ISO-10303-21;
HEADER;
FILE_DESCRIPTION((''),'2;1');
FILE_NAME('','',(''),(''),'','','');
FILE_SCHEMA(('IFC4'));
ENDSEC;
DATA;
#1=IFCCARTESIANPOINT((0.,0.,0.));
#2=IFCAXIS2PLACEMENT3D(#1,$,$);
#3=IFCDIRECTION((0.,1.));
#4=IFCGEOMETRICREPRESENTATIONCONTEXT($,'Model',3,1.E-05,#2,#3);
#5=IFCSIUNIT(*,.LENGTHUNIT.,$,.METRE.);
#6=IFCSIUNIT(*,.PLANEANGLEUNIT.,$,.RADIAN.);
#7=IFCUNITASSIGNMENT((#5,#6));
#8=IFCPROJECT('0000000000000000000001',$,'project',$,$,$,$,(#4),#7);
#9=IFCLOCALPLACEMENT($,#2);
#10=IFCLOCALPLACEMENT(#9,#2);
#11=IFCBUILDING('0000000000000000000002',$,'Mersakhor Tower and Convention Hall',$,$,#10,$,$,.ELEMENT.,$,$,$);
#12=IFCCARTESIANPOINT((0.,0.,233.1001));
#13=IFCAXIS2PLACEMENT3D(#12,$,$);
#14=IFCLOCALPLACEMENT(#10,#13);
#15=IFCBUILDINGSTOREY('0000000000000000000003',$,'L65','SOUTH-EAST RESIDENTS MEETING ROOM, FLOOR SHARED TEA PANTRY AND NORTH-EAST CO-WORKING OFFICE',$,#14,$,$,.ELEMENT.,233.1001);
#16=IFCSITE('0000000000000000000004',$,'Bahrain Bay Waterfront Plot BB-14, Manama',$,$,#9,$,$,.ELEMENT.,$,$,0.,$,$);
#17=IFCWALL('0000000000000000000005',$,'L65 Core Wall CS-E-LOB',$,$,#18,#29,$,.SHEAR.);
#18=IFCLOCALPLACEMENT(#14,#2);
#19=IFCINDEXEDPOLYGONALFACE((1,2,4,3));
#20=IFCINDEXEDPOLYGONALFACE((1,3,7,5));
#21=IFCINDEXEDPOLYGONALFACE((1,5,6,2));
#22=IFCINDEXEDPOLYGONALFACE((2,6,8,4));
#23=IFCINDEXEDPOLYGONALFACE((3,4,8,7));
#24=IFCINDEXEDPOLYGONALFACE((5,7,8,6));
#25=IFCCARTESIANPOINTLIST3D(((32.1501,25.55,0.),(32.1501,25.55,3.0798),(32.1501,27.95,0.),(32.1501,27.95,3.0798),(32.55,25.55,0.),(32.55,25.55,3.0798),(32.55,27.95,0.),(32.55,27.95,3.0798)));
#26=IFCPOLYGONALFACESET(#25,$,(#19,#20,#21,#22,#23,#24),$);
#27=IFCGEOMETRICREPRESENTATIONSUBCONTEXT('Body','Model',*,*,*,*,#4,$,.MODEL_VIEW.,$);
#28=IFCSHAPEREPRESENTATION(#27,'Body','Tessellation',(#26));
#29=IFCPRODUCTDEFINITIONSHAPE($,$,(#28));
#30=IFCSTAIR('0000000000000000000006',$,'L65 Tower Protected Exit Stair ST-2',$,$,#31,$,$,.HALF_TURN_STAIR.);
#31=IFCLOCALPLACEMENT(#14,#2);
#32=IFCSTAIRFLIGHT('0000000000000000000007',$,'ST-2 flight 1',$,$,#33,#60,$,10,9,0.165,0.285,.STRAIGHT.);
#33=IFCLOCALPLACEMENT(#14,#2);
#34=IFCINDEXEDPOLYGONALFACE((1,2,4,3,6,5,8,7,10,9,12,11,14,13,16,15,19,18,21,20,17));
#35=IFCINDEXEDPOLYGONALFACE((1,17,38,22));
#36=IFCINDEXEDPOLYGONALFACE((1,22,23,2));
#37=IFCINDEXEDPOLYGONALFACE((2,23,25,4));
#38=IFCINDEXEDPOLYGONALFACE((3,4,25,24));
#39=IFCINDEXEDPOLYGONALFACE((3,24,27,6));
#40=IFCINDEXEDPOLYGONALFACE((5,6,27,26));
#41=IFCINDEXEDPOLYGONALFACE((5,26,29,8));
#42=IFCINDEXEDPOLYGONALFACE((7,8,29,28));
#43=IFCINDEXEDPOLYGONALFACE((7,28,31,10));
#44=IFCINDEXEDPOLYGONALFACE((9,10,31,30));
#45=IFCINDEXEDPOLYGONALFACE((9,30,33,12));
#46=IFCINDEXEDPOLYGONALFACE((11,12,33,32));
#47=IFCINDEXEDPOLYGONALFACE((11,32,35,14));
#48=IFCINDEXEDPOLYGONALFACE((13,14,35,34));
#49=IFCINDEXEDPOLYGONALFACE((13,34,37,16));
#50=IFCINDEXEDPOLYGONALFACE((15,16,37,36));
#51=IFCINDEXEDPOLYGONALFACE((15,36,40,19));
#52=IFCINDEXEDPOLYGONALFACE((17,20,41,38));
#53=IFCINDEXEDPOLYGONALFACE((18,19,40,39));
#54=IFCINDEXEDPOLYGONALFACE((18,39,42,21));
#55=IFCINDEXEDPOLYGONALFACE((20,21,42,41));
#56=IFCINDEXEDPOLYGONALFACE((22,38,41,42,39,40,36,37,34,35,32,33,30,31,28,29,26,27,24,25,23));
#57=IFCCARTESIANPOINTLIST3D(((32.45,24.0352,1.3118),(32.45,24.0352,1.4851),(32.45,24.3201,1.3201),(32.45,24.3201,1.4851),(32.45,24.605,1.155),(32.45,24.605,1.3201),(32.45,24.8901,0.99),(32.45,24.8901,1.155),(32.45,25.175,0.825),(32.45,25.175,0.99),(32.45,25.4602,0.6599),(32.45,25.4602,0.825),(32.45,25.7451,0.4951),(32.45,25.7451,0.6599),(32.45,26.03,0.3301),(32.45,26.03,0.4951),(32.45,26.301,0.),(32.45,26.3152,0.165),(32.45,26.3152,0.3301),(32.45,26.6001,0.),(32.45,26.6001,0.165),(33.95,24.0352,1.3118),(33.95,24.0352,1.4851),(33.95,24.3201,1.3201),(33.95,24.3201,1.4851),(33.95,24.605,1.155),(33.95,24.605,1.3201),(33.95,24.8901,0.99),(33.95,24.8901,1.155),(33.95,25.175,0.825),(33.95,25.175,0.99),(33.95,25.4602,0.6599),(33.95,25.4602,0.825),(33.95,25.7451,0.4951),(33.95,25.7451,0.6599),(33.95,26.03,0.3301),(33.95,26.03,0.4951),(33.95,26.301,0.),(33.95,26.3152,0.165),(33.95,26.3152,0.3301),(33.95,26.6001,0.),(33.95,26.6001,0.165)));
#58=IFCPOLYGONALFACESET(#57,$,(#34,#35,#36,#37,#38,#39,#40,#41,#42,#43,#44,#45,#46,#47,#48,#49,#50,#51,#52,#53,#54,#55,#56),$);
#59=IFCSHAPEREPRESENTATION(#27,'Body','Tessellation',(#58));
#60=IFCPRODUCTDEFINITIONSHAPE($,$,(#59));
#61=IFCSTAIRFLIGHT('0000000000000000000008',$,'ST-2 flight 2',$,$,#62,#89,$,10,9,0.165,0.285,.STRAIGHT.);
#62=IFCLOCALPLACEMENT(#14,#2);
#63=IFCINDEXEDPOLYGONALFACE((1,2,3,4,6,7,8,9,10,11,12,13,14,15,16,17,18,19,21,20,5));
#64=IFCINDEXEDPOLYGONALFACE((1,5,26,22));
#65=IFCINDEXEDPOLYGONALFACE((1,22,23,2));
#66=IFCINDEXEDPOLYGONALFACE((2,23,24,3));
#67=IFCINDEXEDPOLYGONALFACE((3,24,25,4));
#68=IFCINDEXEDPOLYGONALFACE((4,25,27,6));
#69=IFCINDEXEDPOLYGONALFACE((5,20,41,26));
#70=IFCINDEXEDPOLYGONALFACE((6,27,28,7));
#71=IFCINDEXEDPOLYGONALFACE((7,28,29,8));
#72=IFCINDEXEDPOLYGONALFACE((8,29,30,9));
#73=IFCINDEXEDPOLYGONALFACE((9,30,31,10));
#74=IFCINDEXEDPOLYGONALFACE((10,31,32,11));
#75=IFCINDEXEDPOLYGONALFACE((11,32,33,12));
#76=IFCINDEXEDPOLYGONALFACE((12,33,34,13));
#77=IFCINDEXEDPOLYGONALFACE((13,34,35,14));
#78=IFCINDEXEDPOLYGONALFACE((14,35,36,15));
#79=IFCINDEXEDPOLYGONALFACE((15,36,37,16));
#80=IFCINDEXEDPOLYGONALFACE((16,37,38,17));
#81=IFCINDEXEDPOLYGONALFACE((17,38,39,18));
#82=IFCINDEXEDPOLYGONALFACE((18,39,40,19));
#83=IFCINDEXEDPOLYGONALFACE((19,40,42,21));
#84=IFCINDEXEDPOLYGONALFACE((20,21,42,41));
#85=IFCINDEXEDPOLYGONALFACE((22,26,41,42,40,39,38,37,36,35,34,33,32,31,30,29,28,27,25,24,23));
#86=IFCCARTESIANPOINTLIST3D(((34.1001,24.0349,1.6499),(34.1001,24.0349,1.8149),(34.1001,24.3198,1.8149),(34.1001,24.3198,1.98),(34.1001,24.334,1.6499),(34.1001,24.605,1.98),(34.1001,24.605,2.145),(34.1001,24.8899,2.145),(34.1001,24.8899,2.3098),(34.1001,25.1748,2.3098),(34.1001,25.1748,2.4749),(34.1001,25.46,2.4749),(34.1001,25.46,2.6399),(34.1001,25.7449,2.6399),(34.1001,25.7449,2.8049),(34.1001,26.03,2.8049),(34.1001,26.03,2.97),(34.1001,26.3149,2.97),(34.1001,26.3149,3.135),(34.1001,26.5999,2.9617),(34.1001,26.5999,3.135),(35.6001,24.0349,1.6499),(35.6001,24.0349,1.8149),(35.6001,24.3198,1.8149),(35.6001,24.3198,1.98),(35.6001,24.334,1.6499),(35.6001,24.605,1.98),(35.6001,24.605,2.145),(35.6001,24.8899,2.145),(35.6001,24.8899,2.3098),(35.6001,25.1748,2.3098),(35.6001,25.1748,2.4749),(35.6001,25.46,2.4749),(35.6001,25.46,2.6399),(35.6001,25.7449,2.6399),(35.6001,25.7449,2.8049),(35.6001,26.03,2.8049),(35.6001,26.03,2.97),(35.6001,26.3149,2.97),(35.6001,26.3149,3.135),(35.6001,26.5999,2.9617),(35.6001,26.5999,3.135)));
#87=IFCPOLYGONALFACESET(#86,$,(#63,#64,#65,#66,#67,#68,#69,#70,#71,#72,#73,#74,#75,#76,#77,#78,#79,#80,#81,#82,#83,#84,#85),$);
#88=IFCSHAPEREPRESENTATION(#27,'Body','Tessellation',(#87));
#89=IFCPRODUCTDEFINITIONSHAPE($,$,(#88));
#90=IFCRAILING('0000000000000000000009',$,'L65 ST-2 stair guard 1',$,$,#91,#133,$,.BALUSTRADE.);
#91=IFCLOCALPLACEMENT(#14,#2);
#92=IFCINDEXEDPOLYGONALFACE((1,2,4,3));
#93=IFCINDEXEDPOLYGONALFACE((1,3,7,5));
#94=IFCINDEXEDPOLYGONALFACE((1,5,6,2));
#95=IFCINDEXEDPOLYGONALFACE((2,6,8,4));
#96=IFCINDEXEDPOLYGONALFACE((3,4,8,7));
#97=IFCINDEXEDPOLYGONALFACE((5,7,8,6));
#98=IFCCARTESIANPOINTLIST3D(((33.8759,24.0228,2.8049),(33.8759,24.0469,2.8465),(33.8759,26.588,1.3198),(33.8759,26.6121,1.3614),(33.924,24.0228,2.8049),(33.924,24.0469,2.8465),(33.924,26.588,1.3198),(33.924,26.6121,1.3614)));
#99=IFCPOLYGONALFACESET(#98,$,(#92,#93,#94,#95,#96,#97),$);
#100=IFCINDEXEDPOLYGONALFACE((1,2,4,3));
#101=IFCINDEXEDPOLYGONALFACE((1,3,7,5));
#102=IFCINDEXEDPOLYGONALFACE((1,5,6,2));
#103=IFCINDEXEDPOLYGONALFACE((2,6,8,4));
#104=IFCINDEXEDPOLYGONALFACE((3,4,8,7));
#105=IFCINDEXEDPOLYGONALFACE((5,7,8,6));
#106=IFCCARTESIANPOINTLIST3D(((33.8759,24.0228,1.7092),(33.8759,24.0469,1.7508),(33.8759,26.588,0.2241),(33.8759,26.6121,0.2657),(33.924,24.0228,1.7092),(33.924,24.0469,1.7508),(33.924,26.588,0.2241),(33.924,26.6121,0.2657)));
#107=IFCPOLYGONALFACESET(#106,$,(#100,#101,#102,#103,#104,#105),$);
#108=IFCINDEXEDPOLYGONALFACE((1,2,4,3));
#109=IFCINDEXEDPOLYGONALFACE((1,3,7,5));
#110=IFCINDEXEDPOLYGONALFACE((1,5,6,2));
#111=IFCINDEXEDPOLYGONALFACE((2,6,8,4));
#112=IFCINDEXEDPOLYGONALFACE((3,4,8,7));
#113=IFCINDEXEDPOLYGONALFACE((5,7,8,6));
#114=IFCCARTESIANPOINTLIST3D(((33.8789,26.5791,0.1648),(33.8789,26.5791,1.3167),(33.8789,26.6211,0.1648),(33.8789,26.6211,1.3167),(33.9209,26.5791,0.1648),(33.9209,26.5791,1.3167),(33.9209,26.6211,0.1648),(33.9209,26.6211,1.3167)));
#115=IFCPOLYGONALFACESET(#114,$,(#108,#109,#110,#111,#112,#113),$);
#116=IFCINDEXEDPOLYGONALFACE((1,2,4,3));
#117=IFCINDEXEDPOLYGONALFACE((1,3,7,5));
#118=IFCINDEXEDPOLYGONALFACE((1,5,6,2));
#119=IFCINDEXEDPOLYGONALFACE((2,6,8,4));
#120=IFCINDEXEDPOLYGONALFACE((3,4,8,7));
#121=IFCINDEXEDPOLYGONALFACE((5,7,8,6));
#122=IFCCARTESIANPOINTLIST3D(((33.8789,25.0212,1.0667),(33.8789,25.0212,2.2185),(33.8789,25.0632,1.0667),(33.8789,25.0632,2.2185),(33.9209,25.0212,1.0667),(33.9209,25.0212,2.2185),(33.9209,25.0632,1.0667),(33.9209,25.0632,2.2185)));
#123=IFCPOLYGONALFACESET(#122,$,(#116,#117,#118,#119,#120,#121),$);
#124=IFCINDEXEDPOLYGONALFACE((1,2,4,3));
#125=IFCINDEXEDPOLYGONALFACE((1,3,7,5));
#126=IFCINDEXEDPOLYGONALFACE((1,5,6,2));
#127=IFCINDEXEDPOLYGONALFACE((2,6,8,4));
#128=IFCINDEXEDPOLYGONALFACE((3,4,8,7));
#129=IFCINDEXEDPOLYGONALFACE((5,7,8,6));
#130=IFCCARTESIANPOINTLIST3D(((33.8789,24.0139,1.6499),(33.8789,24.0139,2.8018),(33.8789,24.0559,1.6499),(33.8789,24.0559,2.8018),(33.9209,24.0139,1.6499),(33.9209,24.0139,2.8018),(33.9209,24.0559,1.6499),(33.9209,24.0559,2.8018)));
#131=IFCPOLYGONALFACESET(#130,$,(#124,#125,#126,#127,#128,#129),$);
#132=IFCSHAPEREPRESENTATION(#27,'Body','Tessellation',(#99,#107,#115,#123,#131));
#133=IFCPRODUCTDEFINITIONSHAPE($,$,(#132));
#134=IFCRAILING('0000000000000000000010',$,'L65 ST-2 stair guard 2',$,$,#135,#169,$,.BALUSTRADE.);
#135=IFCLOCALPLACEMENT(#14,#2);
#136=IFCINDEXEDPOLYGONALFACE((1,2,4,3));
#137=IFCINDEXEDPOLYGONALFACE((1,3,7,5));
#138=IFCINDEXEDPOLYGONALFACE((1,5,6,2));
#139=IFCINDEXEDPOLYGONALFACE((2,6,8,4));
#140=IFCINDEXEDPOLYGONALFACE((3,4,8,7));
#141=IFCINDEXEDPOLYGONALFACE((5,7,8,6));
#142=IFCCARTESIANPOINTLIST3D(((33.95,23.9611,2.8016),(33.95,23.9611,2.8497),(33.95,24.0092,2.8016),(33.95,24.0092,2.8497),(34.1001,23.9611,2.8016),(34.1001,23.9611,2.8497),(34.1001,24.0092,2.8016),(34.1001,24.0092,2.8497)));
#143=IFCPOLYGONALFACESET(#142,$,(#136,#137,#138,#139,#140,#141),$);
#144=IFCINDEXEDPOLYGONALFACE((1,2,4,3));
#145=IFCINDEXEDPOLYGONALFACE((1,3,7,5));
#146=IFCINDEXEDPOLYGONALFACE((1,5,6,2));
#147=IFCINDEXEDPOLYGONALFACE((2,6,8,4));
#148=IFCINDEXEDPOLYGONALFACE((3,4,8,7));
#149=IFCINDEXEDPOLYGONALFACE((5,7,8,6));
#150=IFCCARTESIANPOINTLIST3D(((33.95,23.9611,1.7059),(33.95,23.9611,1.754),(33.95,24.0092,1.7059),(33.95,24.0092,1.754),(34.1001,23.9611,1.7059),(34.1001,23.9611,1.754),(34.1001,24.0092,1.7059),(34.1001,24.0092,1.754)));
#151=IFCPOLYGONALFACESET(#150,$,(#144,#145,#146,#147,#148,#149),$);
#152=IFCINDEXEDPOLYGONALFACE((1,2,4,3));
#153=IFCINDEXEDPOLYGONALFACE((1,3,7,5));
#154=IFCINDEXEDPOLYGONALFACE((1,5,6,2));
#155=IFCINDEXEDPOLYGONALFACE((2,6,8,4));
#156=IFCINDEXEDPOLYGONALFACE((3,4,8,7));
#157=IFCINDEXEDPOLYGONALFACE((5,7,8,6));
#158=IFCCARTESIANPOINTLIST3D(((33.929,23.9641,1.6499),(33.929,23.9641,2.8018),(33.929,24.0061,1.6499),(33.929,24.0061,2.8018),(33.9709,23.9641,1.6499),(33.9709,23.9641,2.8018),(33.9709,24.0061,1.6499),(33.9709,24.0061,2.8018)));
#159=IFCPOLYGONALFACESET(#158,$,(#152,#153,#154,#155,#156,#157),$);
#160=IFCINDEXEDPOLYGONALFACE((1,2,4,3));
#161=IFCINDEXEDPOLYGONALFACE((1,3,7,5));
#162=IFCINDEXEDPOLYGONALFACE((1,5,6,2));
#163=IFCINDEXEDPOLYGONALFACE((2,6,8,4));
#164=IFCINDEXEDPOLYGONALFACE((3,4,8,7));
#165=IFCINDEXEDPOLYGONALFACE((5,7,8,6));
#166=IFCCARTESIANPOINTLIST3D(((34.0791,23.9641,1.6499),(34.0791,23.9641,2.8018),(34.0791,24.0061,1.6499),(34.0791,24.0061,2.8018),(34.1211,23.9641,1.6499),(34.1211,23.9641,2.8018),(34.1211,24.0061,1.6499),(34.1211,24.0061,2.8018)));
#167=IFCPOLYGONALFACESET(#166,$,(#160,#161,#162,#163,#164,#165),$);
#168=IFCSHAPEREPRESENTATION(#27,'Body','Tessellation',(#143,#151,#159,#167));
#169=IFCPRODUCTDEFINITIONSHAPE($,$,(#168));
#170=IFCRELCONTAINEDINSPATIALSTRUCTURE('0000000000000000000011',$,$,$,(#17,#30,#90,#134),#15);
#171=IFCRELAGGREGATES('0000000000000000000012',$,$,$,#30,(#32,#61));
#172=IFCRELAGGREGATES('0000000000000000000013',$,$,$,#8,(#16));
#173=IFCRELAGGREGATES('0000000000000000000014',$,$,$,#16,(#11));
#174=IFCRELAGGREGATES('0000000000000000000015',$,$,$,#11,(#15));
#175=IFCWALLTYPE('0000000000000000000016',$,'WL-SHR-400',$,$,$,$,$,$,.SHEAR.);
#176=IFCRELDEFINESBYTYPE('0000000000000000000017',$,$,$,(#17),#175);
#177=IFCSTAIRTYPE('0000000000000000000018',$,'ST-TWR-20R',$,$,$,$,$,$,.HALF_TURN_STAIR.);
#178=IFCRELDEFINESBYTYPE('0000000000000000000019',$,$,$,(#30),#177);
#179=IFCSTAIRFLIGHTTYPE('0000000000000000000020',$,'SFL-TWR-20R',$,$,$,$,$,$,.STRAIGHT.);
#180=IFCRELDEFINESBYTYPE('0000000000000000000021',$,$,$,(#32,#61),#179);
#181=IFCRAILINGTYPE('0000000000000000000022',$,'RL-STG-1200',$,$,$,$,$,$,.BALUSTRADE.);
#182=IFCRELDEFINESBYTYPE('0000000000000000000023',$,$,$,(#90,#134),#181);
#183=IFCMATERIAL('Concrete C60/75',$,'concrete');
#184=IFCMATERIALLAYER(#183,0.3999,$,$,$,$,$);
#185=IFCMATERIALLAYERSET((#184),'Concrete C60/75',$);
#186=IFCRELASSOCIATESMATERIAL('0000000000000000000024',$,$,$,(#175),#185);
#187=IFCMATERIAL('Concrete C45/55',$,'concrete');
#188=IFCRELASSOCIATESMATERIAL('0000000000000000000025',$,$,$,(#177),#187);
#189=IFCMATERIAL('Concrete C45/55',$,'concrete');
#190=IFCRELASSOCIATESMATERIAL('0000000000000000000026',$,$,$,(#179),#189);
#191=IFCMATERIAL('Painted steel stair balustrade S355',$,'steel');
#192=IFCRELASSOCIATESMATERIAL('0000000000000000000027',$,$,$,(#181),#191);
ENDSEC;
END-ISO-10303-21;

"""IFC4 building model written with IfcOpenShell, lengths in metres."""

from ifc_helpers import new_model, si_unit, direction, frame, frame_2d, origin, origin_2d, place, context, subcontext, project, spatial, polyline, rectangle, outline, extrude, material, layer, layer_set, type_object, element, aggregate, save


model = new_model("IFC4")

# Units and contexts
model_context = context("Model", 3, precision=1e-05, world=origin(), true_north=direction((0.0, 1.0)))
body_context = subcontext(model_context, "Body", "Model", "MODEL_VIEW")
ifc_project = project(units=[si_unit("LENGTHUNIT", "METRE"), si_unit("PLANEANGLEUNIT", "RADIAN")], contexts=[model_context])

# Site, building, storey
site_placement = place(None, origin())
site = spatial("IfcSite", under=ifc_project, at=site_placement, Name="Bahrain Bay Waterfront Plot BB-14, Manama", CompositionType="ELEMENT", RefElevation=0.0)
building_placement = place(site_placement, origin())
building = spatial("IfcBuilding", under=site, at=building_placement, Name="Mersakhor Tower and Convention Hall", CompositionType="ELEMENT")
storey_placement = place(building_placement, frame((0.0, 0.0, 233.1001)))
storey = spatial("IfcBuildingStorey", under=building, at=storey_placement, Name="L65", Description="SOUTH-EAST RESIDENTS MEETING ROOM, FLOOR SHARED TEA PANTRY AND NORTH-EAST CO-WORKING OFFICE", CompositionType="ELEMENT", Elevation=233.1001)

# Shared definitions
ifc_material_1 = material(Name="Concrete C60/75", Category="concrete")
ifc_layer_1 = layer(ifc_material_1, 0.3999)
ifc_layer_set_1 = layer_set([ifc_layer_1], Name="Concrete C60/75")
wall_type_1 = type_object("IfcWallType", Name="WL-SHR-400", PredefinedType="SHEAR", material=ifc_layer_set_1)

# Wall
wall_1_placement = place(storey_placement, frame((32.3501, 25.55, 0.0), z_axis=(0.0, 0.0, 1.0), x_axis=(0.0, 1.0, 0.0)))
element("IfcWall", 1, at=wall_1_placement, inside=storey, type_object=wall_type_1, Name="L65 Core Wall CS-E-LOB", PredefinedType="SHEAR", context=body_context, shape_type="SweptSolid", body=[
    extrude(rectangle(XDim=2.3999, YDim=0.3999, at=frame_2d((1.2, 0.0))), origin(), (0.0, 0.0, 1.0), 3.0798),
])

# Stair, stair flights
ifc_material_2 = material(Name="Concrete C45/55", Category="concrete")
stair_type = type_object("IfcStairType", Name="ST-TWR-20R", PredefinedType="HALF_TURN_STAIR", material=ifc_material_2)
stair_placement = place(storey_placement, origin())
stair = element("IfcStair", 2, at=stair_placement, inside=storey, type_object=stair_type, Name="L65 Tower Protected Exit Stair ST-2", PredefinedType="HALF_TURN_STAIR")
ifc_material_3 = material(Name="Concrete C45/55", Category="concrete")
stair_flight_type = type_object("IfcStairFlightType", Name="SFL-TWR-20R", PredefinedType="STRAIGHT", material=ifc_material_3)
stair_flight_1_placement = place(storey_placement, frame((33.2, 26.6001, 0.0), z_axis=(0.0, 0.0, 1.0), x_axis=(0.0, -1.0, 0.0)))
stair_flight_1 = element("IfcStairFlight", 3, at=stair_flight_1_placement, type_object=stair_flight_type, Name="ST-2 flight 1", NumberOfRisers=10, NumberOfTreads=9, PredefinedType="STRAIGHT", RiserHeight=0.165, TreadLength=0.285, context=body_context, shape_type="SweptSolid", body=[
    extrude(outline(polyline([(0.0, 0.0), (0.0, 0.165), (0.2849, 0.165), (0.2849, 0.3301), (0.5701, 0.3301), (0.5701, 0.4951), (0.855, 0.4951), (0.855, 0.6599), (1.1399, 0.6599), (1.1399, 0.825), (1.425, 0.825), (1.425, 0.99), (1.71, 0.99), (1.71, 1.155), (1.9951, 1.155), (1.9951, 1.3201), (2.28, 1.3201), (2.28, 1.4851), (2.5649, 1.4851), (2.5649, 1.6499), (2.5649, 1.3118), (0.2991, 0.0), (0.0, 0.0)])), frame((0.0, 0.75, 0.0), z_axis=(0.0, -1.0, 0.0), x_axis=(1.0, 0.0, 0.0)), (0.0, 0.0, 1.0), 1.5),
])
stair_flight_2_placement = place(storey_placement, frame((34.8501, 24.0349, 1.6499), z_axis=(0.0, 0.0, 1.0), x_axis=(0.0, 1.0, 0.0)))
stair_flight_2 = element("IfcStairFlight", 4, at=stair_flight_2_placement, type_object=stair_flight_type, Name="ST-2 flight 2", NumberOfRisers=10, NumberOfTreads=9, PredefinedType="STRAIGHT", RiserHeight=0.165, TreadLength=0.285, context=body_context, shape_type="SweptSolid", body=[
    extrude(outline(polyline([(0.0, 0.0), (0.0, 0.165), (0.2849, 0.165), (0.2849, 0.3301), (0.5701, 0.3301), (0.5701, 0.4951), (0.855, 0.4951), (0.855, 0.6599), (1.1399, 0.6599), (1.1399, 0.825), (1.425, 0.825), (1.425, 0.99), (1.71, 0.99), (1.71, 1.155), (1.9951, 1.155), (1.9951, 1.3201), (2.28, 1.3201), (2.28, 1.4851), (2.5649, 1.4851), (2.5649, 1.6499), (2.5649, 1.3118), (0.2991, 0.0), (0.0, 0.0)])), frame((0.0, 0.75, 0.0), z_axis=(0.0, -1.0, 0.0), x_axis=(1.0, 0.0, 0.0)), (0.0, 0.0, 1.0), 1.5),
])
aggregate(stair, [stair_flight_1, stair_flight_2])

# Railings
ifc_material_4 = material(Name="Painted steel stair balustrade S355", Category="steel")
railing_type = type_object("IfcRailingType", Name="RL-STG-1200", PredefinedType="BALUSTRADE", material=ifc_material_4)
railing_1_placement = place(storey_placement, frame((33.8999, 26.6001, 0.1648)))
element("IfcRailing", 5, at=railing_1_placement, inside=storey, type_object=railing_type, Name="L65 ST-2 stair guard 1", PredefinedType="BALUSTRADE", context=body_context, shape_type="SweptSolid", body=[
    extrude(rectangle(XDim=0.0481, YDim=0.0481, at=origin_2d()), frame((0.0, 0.0, 1.1758), z_axis=(0.0, -0.865426, 0.501036), x_axis=(1.0, 0.0, 0.0)), (0.0, 0.0, 1.0), 2.9641),
    extrude(rectangle(XDim=0.0481, YDim=0.0481, at=origin_2d()), frame((0.0, 0.0, 0.0801), z_axis=(0.0, -0.865426, 0.501036), x_axis=(1.0, 0.0, 0.0)), (0.0, 0.0, 1.0), 2.9641),
    extrude(rectangle(XDim=0.042, YDim=0.042, at=origin_2d()), origin(), (0.0, 0.0, 1.0), 1.1519),
    extrude(rectangle(XDim=0.042, YDim=0.042, at=origin_2d()), frame((0.0, -1.5579, 0.9019)), (0.0, 0.0, 1.0), 1.1519),
    extrude(rectangle(XDim=0.042, YDim=0.042, at=origin_2d()), frame((0.0, -2.5652, 1.4851)), (0.0, 0.0, 1.0), 1.1519),
])
railing_2_placement = place(storey_placement, frame((33.95, 23.9851, 1.6499)))
element("IfcRailing", 6, at=railing_2_placement, inside=storey, type_object=railing_type, Name="L65 ST-2 stair guard 2", PredefinedType="BALUSTRADE", context=body_context, shape_type="SweptSolid", body=[
    extrude(rectangle(XDim=0.0481, YDim=0.0481, at=origin_2d()), frame((0.0, 0.0, 1.1758), z_axis=(1.0, 0.0, 0.0), x_axis=(0.0, 1.0, 0.0)), (0.0, 0.0, 1.0), 0.1501),
    extrude(rectangle(XDim=0.0481, YDim=0.0481, at=origin_2d()), frame((0.0, 0.0, 0.0801), z_axis=(1.0, 0.0, 0.0), x_axis=(0.0, 1.0, 0.0)), (0.0, 0.0, 1.0), 0.1501),
    extrude(rectangle(XDim=0.042, YDim=0.042, at=origin_2d()), origin(), (0.0, 0.0, 1.0), 1.1519),
    extrude(rectangle(XDim=0.042, YDim=0.042, at=origin_2d()), frame((0.1501, 0.0, 0.0)), (0.0, 0.0, 1.0), 1.1519),
])

save(model, "model.ifc")
